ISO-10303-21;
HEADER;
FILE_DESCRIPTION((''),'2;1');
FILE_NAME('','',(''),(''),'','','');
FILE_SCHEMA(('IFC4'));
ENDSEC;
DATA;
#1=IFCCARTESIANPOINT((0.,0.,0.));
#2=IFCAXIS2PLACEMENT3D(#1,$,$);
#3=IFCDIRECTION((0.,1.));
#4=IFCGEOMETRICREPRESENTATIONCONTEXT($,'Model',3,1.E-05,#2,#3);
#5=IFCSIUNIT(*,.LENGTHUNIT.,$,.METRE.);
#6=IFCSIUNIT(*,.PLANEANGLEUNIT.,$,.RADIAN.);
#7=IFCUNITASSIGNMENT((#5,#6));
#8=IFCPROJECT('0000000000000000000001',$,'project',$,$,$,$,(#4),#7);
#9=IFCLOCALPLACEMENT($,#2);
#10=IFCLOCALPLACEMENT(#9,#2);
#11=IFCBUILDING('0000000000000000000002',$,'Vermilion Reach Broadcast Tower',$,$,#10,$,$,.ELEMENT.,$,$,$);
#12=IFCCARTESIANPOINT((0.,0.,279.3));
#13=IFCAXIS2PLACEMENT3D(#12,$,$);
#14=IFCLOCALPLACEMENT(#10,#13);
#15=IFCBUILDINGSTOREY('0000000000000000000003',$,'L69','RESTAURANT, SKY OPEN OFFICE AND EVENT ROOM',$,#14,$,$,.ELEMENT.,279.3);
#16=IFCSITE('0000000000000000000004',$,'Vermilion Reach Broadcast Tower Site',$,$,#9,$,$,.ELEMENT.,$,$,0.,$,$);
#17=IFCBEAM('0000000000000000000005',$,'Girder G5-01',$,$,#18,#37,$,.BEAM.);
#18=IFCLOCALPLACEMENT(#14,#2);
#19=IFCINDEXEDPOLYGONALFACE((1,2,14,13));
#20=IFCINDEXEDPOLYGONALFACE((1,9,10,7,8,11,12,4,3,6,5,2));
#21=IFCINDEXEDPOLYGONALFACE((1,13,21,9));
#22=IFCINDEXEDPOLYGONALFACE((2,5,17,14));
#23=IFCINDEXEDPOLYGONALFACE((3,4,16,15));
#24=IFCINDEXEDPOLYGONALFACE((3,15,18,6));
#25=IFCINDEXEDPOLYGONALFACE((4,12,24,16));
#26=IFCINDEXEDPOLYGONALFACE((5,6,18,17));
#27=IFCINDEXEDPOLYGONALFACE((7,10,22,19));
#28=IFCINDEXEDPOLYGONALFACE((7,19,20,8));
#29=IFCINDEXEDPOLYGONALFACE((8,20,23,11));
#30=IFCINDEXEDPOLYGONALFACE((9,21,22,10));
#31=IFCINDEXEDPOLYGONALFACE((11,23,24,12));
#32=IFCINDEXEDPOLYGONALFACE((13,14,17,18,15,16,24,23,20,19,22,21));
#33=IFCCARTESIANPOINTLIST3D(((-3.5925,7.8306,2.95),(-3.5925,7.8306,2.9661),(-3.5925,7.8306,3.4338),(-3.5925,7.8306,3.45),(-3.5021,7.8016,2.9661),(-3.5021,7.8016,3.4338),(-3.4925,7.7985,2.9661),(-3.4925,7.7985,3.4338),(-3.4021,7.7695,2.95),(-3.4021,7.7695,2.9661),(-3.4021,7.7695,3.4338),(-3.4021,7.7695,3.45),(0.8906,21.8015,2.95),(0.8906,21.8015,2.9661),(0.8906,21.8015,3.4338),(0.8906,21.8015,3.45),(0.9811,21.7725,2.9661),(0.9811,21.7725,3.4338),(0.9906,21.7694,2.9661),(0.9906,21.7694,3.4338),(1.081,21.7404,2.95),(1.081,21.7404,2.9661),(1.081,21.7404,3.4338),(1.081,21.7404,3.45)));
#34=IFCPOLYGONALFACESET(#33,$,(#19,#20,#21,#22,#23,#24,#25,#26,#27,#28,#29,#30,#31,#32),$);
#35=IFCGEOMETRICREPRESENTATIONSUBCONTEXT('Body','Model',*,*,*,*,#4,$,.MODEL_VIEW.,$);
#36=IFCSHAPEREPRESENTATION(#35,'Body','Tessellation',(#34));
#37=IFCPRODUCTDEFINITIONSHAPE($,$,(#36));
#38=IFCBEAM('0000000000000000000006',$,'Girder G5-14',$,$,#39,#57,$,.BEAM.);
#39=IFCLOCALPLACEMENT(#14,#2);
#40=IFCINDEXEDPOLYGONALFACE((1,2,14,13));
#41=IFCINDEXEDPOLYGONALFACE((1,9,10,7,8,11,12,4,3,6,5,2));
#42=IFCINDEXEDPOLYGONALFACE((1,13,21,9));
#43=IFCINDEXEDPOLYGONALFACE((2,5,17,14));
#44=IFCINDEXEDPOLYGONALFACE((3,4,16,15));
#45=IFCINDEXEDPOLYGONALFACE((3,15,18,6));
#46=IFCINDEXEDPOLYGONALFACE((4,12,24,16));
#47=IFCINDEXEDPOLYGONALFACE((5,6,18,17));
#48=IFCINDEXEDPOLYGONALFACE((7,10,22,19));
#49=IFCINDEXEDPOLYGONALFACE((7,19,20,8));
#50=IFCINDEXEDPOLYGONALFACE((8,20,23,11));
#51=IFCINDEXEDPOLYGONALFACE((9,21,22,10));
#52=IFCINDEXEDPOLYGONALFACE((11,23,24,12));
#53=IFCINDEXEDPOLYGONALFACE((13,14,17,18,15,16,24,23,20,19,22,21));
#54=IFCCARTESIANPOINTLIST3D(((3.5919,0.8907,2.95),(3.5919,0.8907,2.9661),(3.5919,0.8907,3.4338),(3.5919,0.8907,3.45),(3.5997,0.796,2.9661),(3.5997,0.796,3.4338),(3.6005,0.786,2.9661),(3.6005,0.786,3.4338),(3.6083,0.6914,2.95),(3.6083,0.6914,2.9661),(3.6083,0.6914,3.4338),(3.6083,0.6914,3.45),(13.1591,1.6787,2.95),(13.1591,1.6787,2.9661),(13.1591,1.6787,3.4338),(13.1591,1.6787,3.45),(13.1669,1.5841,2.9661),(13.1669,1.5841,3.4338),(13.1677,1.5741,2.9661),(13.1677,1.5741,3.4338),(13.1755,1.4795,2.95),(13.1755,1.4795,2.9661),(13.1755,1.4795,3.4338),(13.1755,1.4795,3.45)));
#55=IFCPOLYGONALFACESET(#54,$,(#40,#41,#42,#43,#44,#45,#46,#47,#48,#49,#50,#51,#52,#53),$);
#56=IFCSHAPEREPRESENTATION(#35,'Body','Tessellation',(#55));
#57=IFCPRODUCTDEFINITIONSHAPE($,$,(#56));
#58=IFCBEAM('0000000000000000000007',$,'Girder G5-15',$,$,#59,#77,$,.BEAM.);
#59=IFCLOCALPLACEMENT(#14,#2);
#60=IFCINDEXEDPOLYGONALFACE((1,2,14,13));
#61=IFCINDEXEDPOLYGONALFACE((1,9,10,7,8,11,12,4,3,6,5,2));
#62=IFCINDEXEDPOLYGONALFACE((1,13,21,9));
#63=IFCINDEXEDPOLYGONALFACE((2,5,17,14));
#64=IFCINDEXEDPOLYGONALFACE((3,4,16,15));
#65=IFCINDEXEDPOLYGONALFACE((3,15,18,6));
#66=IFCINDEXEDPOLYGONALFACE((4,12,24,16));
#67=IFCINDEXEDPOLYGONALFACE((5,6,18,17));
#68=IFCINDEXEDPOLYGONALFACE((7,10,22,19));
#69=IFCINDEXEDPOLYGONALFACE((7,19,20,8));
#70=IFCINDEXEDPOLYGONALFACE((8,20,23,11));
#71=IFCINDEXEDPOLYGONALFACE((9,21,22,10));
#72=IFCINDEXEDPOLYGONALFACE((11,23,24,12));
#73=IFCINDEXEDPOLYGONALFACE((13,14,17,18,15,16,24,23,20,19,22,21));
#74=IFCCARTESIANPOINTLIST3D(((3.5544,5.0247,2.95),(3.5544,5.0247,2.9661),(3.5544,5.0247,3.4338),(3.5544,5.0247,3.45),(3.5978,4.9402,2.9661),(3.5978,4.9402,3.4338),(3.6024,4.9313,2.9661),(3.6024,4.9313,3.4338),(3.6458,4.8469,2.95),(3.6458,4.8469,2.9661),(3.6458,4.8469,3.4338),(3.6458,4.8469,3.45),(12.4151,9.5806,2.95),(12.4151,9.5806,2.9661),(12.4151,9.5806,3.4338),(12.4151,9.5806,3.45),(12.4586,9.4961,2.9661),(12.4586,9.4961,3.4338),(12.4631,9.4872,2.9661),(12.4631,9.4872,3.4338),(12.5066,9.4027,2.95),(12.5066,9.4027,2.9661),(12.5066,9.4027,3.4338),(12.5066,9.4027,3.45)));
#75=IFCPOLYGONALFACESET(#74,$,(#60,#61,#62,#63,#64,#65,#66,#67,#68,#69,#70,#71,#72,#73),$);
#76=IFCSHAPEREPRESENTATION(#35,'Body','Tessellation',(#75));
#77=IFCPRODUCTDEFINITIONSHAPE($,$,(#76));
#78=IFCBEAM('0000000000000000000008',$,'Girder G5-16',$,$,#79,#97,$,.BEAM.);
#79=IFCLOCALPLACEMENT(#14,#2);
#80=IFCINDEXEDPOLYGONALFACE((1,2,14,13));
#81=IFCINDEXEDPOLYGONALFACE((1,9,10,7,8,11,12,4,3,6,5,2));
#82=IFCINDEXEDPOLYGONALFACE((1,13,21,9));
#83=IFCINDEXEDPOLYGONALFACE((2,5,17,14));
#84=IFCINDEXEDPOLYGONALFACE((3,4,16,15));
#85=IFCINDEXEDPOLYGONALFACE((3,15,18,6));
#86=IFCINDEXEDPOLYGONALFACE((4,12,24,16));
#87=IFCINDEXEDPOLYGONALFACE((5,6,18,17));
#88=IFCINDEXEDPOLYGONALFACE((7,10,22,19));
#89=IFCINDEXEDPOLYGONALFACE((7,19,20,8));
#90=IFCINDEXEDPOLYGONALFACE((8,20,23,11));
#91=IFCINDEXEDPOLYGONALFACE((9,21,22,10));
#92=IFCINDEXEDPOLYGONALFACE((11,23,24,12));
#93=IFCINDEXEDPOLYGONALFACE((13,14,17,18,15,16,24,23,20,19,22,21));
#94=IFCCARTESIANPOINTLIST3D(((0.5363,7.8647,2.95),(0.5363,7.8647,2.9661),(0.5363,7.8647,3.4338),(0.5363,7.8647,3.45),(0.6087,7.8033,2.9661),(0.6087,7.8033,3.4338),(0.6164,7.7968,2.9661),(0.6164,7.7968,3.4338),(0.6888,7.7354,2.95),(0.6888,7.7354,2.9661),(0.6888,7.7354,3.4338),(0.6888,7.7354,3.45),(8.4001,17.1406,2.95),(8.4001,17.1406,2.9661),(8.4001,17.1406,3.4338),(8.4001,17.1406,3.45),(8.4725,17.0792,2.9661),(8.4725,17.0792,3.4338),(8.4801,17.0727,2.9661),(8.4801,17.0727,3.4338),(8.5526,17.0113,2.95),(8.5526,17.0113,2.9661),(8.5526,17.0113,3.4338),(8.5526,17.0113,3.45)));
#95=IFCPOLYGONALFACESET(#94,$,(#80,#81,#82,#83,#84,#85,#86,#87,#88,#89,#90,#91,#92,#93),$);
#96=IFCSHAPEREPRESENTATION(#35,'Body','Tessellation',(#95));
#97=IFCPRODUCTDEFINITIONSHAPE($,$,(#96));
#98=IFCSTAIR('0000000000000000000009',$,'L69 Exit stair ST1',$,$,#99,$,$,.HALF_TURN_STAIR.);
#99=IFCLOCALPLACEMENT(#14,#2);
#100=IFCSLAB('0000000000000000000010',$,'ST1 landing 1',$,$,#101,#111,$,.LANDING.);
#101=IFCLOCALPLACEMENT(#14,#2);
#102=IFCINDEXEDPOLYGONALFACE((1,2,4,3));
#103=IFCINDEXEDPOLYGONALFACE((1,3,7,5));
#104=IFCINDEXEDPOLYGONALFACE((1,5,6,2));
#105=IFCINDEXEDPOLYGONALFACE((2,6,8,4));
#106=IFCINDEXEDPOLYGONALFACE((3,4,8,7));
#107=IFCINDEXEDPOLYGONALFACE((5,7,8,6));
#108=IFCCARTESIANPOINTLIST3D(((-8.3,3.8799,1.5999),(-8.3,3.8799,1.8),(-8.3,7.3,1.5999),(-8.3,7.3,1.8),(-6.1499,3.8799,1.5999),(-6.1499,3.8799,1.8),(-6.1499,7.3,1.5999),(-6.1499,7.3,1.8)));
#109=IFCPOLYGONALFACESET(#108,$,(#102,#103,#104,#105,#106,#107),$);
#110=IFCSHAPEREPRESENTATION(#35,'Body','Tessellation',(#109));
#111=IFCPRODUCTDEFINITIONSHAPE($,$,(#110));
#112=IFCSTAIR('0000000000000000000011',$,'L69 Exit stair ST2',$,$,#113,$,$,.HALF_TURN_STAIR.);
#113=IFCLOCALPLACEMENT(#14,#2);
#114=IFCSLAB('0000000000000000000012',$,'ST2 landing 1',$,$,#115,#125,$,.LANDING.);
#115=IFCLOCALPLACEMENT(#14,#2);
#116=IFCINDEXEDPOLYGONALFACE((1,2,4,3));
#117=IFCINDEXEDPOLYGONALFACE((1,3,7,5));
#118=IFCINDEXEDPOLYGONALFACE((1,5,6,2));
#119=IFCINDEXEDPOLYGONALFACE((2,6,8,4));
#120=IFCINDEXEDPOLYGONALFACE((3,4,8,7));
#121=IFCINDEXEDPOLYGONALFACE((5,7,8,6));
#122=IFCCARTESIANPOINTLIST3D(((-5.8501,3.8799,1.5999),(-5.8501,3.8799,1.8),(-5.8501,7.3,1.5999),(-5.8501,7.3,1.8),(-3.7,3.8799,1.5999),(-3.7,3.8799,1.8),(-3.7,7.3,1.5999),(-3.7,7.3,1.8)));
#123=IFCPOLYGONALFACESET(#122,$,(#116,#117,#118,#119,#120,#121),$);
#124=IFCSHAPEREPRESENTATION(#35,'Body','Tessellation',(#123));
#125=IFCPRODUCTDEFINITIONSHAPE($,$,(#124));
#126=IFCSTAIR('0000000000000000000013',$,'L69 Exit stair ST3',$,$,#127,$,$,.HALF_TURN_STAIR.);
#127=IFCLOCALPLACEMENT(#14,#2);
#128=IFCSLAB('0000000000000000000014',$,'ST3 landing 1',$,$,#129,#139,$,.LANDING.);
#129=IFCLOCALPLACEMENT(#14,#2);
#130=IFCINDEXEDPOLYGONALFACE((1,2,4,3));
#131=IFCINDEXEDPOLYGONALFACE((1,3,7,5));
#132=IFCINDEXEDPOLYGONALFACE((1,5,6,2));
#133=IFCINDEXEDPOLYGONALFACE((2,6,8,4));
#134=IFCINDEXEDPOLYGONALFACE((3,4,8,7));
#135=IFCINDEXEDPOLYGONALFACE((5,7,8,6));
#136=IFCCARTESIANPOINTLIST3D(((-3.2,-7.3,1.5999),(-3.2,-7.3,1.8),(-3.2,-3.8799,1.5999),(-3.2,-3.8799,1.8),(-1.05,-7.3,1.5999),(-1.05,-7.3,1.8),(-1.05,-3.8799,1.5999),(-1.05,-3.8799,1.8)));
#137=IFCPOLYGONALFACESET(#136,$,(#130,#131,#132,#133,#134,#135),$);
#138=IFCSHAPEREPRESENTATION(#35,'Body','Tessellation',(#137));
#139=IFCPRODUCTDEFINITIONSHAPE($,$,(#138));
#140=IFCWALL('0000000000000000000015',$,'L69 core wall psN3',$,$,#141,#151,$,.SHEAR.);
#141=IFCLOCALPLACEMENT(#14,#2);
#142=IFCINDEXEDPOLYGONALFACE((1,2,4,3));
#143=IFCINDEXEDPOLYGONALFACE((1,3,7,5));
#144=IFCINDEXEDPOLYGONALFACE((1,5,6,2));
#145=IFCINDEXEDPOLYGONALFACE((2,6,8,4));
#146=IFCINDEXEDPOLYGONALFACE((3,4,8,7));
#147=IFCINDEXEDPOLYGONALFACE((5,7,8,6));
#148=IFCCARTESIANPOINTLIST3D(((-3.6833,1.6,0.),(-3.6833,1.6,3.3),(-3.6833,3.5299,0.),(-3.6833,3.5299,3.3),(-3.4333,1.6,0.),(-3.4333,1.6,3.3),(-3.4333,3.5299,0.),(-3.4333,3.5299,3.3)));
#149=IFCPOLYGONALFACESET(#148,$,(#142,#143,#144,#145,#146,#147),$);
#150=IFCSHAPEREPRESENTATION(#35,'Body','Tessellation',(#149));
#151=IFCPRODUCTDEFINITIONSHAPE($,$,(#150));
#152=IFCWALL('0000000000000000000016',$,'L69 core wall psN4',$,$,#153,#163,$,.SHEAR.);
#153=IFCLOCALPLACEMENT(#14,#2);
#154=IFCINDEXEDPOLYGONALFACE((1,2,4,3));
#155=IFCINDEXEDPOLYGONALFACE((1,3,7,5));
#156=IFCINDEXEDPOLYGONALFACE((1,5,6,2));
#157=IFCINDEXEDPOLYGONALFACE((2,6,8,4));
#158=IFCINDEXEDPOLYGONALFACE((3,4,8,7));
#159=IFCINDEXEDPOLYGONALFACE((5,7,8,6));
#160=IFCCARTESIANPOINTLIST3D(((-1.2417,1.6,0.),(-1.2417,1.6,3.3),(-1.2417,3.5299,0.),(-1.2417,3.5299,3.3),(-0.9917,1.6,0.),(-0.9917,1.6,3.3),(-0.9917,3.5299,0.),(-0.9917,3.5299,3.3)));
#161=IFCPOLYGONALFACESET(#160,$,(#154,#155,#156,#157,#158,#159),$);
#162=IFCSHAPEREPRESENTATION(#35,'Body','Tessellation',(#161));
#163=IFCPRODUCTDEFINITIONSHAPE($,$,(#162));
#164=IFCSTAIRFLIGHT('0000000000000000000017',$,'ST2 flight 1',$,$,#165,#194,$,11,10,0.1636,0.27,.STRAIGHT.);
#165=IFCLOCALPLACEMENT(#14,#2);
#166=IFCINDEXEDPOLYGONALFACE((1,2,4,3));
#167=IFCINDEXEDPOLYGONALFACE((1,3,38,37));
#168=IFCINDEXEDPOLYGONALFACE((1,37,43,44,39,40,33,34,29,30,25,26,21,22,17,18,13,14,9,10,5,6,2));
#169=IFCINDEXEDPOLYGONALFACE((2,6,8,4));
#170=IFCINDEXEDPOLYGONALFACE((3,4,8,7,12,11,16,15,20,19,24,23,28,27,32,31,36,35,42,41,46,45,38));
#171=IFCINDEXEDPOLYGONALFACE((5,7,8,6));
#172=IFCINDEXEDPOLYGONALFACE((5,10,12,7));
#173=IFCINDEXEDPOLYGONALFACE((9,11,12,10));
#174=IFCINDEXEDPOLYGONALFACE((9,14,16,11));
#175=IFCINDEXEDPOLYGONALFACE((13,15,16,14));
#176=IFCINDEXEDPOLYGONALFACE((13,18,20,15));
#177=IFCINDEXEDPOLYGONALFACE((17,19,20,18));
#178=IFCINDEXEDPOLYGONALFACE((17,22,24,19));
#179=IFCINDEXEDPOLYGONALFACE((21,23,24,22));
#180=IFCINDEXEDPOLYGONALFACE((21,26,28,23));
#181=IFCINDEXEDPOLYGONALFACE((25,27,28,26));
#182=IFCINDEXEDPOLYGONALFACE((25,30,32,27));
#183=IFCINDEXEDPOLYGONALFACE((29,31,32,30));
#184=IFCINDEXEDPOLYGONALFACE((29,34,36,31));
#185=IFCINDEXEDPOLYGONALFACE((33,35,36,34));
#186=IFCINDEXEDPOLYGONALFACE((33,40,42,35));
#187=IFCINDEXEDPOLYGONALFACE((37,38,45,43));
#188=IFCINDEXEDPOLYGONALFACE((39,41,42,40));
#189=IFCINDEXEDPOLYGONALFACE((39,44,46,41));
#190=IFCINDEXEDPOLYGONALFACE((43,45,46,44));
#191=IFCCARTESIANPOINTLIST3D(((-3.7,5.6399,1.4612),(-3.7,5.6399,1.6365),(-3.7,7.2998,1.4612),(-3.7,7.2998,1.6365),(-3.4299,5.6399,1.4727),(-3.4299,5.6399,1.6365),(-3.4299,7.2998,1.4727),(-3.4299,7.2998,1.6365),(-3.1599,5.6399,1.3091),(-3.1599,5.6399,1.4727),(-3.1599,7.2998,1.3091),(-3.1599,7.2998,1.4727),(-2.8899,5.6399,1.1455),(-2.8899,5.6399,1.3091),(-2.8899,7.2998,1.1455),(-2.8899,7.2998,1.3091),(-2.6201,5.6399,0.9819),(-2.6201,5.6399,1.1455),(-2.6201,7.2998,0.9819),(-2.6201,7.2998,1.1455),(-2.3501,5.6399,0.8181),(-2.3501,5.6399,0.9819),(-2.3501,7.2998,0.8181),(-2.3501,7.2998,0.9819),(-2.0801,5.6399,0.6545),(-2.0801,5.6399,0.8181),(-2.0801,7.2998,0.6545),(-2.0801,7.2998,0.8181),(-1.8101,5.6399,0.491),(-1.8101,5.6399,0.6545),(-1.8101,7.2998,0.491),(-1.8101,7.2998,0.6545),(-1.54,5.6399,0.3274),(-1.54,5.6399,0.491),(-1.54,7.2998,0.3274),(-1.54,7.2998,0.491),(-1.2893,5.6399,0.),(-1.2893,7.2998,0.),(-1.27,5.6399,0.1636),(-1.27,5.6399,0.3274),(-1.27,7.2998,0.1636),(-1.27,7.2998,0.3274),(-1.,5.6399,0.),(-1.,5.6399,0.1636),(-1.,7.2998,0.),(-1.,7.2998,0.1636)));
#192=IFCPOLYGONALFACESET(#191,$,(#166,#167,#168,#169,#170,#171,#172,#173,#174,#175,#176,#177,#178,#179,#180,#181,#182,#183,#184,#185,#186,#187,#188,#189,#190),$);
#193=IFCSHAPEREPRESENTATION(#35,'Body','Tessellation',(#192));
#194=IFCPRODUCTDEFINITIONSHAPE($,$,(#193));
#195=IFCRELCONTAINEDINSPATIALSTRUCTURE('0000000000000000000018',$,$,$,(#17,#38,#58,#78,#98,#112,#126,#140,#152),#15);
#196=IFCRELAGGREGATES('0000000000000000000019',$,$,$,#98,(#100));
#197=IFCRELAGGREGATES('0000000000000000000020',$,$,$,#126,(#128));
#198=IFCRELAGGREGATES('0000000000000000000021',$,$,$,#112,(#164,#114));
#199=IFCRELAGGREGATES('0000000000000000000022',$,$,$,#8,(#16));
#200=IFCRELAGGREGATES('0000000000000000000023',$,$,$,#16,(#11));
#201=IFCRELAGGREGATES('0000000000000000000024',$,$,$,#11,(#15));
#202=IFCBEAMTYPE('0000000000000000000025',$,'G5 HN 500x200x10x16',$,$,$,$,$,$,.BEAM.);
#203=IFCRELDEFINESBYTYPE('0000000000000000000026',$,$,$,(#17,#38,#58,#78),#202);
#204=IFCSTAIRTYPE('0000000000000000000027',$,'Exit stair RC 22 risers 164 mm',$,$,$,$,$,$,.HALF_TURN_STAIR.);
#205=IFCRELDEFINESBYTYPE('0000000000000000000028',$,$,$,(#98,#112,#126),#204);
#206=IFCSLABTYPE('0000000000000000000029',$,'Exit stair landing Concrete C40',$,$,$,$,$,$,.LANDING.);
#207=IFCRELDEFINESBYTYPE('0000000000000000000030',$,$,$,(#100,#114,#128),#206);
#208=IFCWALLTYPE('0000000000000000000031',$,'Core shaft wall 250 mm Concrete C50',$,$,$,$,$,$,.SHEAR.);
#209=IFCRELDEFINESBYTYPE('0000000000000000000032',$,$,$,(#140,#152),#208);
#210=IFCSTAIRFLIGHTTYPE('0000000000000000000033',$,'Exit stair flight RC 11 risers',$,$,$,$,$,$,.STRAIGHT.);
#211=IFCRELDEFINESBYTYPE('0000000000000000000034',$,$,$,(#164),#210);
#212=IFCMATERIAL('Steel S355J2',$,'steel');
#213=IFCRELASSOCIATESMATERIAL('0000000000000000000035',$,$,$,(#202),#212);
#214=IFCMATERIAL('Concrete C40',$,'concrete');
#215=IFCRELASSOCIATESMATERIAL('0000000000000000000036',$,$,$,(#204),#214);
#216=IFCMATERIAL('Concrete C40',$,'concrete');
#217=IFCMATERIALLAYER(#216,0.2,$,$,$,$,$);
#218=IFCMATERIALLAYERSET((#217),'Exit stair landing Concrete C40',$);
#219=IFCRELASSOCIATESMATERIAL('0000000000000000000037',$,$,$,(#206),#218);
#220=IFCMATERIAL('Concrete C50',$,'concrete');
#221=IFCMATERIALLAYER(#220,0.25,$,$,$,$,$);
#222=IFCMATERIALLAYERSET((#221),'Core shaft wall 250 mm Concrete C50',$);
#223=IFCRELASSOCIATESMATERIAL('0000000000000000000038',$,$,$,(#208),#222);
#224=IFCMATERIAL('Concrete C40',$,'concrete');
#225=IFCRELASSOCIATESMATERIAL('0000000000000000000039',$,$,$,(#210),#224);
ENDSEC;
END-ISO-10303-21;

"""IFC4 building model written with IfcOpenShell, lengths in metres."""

from ifc_helpers import new_model, si_unit, direction, frame, frame_2d, origin, origin_2d, place, context, subcontext, project, spatial, polyline, rectangle, i_section, outline, extrude, material, layer, layer_set, material_profile, profile_set, type_object, element, aggregate, save


model = new_model("IFC4")

# Units and contexts
model_context = context("Model", 3, precision=1e-05, world=origin(), true_north=direction((0.0, 1.0)))
body_context = subcontext(model_context, "Body", "Model", "MODEL_VIEW")
ifc_project = project(units=[si_unit("LENGTHUNIT", "METRE"), si_unit("PLANEANGLEUNIT", "RADIAN")], contexts=[model_context])

# Site, building, storey
site_placement = place(None, origin())
site = spatial("IfcSite", under=ifc_project, at=site_placement, Name="Vermilion Reach Broadcast Tower Site", CompositionType="ELEMENT", RefElevation=0.0)
building_placement = place(site_placement, origin())
building = spatial("IfcBuilding", under=site, at=building_placement, Name="Vermilion Reach Broadcast Tower", CompositionType="ELEMENT")
storey_placement = place(building_placement, frame((0.0, 0.0, 279.3)))
storey = spatial("IfcBuildingStorey", under=building, at=storey_placement, Name="L69", Description="RESTAURANT, SKY OPEN OFFICE AND EVENT ROOM", CompositionType="ELEMENT", Elevation=279.3)

# Beams
ifc_material_1 = material(Name="Steel S355J2", Category="steel")
ifc_material_profile = material_profile(ifc_material_1, i_section(OverallWidth=0.2, OverallDepth=0.5, WebThickness=0.01, FlangeThickness=0.0161, at=origin_2d()), Name="S355J2 HN 500x200x10x16")
ifc_profile_set = profile_set([ifc_material_profile], Name="Steel S355J2")
beam_type = type_object("IfcBeamType", Name="G5 HN 500x200x10x16", PredefinedType="BEAM", material=ifc_profile_set)
beam_1_placement = place(storey_placement, frame((-3.4973, 7.8, 3.2), z_axis=(0.305545, 0.952178, 0.0), x_axis=(-0.952178, 0.305545, 0.0)))
element("IfcBeam", 1, at=beam_1_placement, inside=storey, type_object=beam_type, Name="Girder G5-01", PredefinedType="BEAM", context=body_context, shape_type="SweptSolid", body=[
    extrude(i_section(OverallWidth=0.2, OverallDepth=0.5, WebThickness=0.01, FlangeThickness=0.0161, at=origin_2d()), origin(), (0.0, 0.0, 1.0), 14.6726),
])
beam_2_placement = place(storey_placement, frame((3.6001, 0.791, 3.2), z_axis=(0.996624, 0.082096, 0.0), x_axis=(-0.082096, 0.996624, 0.0)))
element("IfcBeam", 2, at=beam_2_placement, inside=storey, type_object=beam_type, Name="Girder G5-14", PredefinedType="BEAM", context=body_context, shape_type="SweptSolid", body=[
    extrude(i_section(OverallWidth=0.2, OverallDepth=0.5, WebThickness=0.01, FlangeThickness=0.0161, at=origin_2d()), origin(), (0.0, 0.0, 1.0), 9.5996),
])
beam_3_placement = place(storey_placement, frame((3.6001, 4.9358, 3.2), z_axis=(0.889333, 0.457261, 0.0), x_axis=(-0.457261, 0.889333, 0.0)))
element("IfcBeam", 3, at=beam_3_placement, inside=storey, type_object=beam_type, Name="Girder G5-15", PredefinedType="BEAM", context=body_context, shape_type="SweptSolid", body=[
    extrude(i_section(OverallWidth=0.2, OverallDepth=0.5, WebThickness=0.01, FlangeThickness=0.0161, at=origin_2d()), origin(), (0.0, 0.0, 1.0), 9.9634),
])
beam_4_placement = place(storey_placement, frame((0.6125, 7.8, 3.2), z_axis=(0.646658, 0.76278, 0.0), x_axis=(-0.76278, 0.646658, 0.0)))
element("IfcBeam", 4, at=beam_4_placement, inside=storey, type_object=beam_type, Name="Girder G5-16", PredefinedType="BEAM", context=body_context, shape_type="SweptSolid", body=[
    extrude(i_section(OverallWidth=0.2, OverallDepth=0.5, WebThickness=0.01, FlangeThickness=0.0161, at=origin_2d()), origin(), (0.0, 0.0, 1.0), 12.1606),
])

# Stairs, slabs
ifc_material_2 = material(Name="Concrete C40", Category="concrete")
stair_type = type_object("IfcStairType", Name="Exit stair RC 22 risers 164 mm", PredefinedType="HALF_TURN_STAIR", material=ifc_material_2)
placement_1 = place(storey_placement, origin())
stair_1 = element("IfcStair", 5, at=placement_1, inside=storey, type_object=stair_type, Name="L69 Exit stair ST1", PredefinedType="HALF_TURN_STAIR")
ifc_material_3 = material(Name="Concrete C40", Category="concrete")
ifc_layer_1 = layer(ifc_material_3, 0.2)
ifc_layer_set_1 = layer_set([ifc_layer_1], Name="Exit stair landing Concrete C40")
slab_type = type_object("IfcSlabType", Name="Exit stair landing Concrete C40", PredefinedType="LANDING", material=ifc_layer_set_1)
placement_2 = place(storey_placement, frame((0.0, 0.0, 1.5999)))
slab_1 = element("IfcSlab", 6, at=placement_2, type_object=slab_type, Name="ST1 landing 1", PredefinedType="LANDING", context=body_context, shape_type="SweptSolid", body=[
    extrude(outline(polyline([(-8.3, 3.8799), (-6.1499, 3.8799), (-6.1499, 7.3), (-8.3, 7.3), (-8.3, 3.8799)])), origin(), (0.0, 0.0, 1.0), 0.2002),
])
aggregate(stair_1, [slab_1])
stair_2 = element("IfcStair", 7, at=placement_1, inside=storey, type_object=stair_type, Name="L69 Exit stair ST2", PredefinedType="HALF_TURN_STAIR")
slab_2 = element("IfcSlab", 8, at=placement_2, type_object=slab_type, Name="ST2 landing 1", PredefinedType="LANDING", context=body_context, shape_type="SweptSolid", body=[
    extrude(outline(polyline([(-3.7, 7.3), (-5.8501, 7.3), (-5.8501, 3.8799), (-3.7, 3.8799), (-3.7, 7.3)])), origin(), (0.0, 0.0, 1.0), 0.2002),
])
stair_3 = element("IfcStair", 9, at=placement_1, inside=storey, type_object=stair_type, Name="L69 Exit stair ST3", PredefinedType="HALF_TURN_STAIR")
slab_3 = element("IfcSlab", 10, at=placement_2, type_object=slab_type, Name="ST3 landing 1", PredefinedType="LANDING", context=body_context, shape_type="SweptSolid", body=[
    extrude(outline(polyline([(-3.2, -7.3), (-1.05, -7.3), (-1.05, -3.8799), (-3.2, -3.8799), (-3.2, -7.3)])), origin(), (0.0, 0.0, 1.0), 0.2002),
])
aggregate(stair_3, [slab_3])

# Walls
ifc_material_4 = material(Name="Concrete C50", Category="concrete")
ifc_layer_2 = layer(ifc_material_4, 0.25)
ifc_layer_set_2 = layer_set([ifc_layer_2], Name="Core shaft wall 250 mm Concrete C50")
wall_type = type_object("IfcWallType", Name="Core shaft wall 250 mm Concrete C50", PredefinedType="SHEAR", material=ifc_layer_set_2)
for number, where, z_axis, x_axis, name in (
    (11, (-3.5583, 1.6001, 0.0), (0.0, 0.0, 1.0), (0.0, 1.0, 0.0), "L69 core wall psN3"),
    (12, (-1.1167, 1.6001, 0.0), (0.0, 0.0, 1.0), (0.0, 1.0, 0.0), "L69 core wall psN4"),
):
    element("IfcWall", number, at=place(storey_placement, frame(where, z_axis=z_axis, x_axis=x_axis)), inside=storey, type_object=wall_type, Name=name, PredefinedType="SHEAR", context=body_context, shape_type="SweptSolid", body=[
        extrude(rectangle(XDim=1.9299, YDim=0.25, at=frame_2d((0.9648, 0.0))), origin(), (0.0, 0.0, 1.0), 3.3),
    ])

# Stair flight
ifc_material_5 = material(Name="Concrete C40", Category="concrete")
stair_flight_type = type_object("IfcStairFlightType", Name="Exit stair flight RC 11 risers", PredefinedType="STRAIGHT", material=ifc_material_5)
stair_flight_1_placement = place(storey_placement, frame((-1.0, 6.47, 0.0), z_axis=(0.0, 0.0, 1.0), x_axis=(-1.0, 0.0, 0.0)))
stair_flight_1 = element("IfcStairFlight", 13, at=stair_flight_1_placement, type_object=stair_flight_type, Name="ST2 flight 1", NumberOfRisers=11, NumberOfTreads=10, PredefinedType="STRAIGHT", RiserHeight=0.1636, TreadLength=0.27, context=body_context, shape_type="SweptSolid", body=[
    extrude(outline(polyline([(0.0, 0.0), (0.0, 0.1636), (0.27, 0.1636), (0.27, 0.3274), (0.54, 0.3274), (0.54, 0.491), (0.8101, 0.491), (0.8101, 0.6545), (1.0801, 0.6545), (1.0801, 0.8181), (1.3501, 0.8181), (1.3501, 0.9819), (1.6201, 0.9819), (1.6201, 1.1455), (1.8899, 1.1455), (1.8899, 1.3091), (2.1599, 1.3091), (2.1599, 1.4727), (2.4299, 1.4727), (2.4299, 1.6365), (2.7, 1.6365), (2.7, 1.8), (2.7, 1.4612), (0.2893, 0.0), (0.0, 0.0)])), frame((0.0, 0.8301, 0.0), z_axis=(0.0, -1.0, 0.0), x_axis=(1.0, 0.0, 0.0)), (0.0, 0.0, 1.0), 1.6599),
])
aggregate(stair_2, [stair_flight_1, slab_2])

save(model, "model.ifc")
